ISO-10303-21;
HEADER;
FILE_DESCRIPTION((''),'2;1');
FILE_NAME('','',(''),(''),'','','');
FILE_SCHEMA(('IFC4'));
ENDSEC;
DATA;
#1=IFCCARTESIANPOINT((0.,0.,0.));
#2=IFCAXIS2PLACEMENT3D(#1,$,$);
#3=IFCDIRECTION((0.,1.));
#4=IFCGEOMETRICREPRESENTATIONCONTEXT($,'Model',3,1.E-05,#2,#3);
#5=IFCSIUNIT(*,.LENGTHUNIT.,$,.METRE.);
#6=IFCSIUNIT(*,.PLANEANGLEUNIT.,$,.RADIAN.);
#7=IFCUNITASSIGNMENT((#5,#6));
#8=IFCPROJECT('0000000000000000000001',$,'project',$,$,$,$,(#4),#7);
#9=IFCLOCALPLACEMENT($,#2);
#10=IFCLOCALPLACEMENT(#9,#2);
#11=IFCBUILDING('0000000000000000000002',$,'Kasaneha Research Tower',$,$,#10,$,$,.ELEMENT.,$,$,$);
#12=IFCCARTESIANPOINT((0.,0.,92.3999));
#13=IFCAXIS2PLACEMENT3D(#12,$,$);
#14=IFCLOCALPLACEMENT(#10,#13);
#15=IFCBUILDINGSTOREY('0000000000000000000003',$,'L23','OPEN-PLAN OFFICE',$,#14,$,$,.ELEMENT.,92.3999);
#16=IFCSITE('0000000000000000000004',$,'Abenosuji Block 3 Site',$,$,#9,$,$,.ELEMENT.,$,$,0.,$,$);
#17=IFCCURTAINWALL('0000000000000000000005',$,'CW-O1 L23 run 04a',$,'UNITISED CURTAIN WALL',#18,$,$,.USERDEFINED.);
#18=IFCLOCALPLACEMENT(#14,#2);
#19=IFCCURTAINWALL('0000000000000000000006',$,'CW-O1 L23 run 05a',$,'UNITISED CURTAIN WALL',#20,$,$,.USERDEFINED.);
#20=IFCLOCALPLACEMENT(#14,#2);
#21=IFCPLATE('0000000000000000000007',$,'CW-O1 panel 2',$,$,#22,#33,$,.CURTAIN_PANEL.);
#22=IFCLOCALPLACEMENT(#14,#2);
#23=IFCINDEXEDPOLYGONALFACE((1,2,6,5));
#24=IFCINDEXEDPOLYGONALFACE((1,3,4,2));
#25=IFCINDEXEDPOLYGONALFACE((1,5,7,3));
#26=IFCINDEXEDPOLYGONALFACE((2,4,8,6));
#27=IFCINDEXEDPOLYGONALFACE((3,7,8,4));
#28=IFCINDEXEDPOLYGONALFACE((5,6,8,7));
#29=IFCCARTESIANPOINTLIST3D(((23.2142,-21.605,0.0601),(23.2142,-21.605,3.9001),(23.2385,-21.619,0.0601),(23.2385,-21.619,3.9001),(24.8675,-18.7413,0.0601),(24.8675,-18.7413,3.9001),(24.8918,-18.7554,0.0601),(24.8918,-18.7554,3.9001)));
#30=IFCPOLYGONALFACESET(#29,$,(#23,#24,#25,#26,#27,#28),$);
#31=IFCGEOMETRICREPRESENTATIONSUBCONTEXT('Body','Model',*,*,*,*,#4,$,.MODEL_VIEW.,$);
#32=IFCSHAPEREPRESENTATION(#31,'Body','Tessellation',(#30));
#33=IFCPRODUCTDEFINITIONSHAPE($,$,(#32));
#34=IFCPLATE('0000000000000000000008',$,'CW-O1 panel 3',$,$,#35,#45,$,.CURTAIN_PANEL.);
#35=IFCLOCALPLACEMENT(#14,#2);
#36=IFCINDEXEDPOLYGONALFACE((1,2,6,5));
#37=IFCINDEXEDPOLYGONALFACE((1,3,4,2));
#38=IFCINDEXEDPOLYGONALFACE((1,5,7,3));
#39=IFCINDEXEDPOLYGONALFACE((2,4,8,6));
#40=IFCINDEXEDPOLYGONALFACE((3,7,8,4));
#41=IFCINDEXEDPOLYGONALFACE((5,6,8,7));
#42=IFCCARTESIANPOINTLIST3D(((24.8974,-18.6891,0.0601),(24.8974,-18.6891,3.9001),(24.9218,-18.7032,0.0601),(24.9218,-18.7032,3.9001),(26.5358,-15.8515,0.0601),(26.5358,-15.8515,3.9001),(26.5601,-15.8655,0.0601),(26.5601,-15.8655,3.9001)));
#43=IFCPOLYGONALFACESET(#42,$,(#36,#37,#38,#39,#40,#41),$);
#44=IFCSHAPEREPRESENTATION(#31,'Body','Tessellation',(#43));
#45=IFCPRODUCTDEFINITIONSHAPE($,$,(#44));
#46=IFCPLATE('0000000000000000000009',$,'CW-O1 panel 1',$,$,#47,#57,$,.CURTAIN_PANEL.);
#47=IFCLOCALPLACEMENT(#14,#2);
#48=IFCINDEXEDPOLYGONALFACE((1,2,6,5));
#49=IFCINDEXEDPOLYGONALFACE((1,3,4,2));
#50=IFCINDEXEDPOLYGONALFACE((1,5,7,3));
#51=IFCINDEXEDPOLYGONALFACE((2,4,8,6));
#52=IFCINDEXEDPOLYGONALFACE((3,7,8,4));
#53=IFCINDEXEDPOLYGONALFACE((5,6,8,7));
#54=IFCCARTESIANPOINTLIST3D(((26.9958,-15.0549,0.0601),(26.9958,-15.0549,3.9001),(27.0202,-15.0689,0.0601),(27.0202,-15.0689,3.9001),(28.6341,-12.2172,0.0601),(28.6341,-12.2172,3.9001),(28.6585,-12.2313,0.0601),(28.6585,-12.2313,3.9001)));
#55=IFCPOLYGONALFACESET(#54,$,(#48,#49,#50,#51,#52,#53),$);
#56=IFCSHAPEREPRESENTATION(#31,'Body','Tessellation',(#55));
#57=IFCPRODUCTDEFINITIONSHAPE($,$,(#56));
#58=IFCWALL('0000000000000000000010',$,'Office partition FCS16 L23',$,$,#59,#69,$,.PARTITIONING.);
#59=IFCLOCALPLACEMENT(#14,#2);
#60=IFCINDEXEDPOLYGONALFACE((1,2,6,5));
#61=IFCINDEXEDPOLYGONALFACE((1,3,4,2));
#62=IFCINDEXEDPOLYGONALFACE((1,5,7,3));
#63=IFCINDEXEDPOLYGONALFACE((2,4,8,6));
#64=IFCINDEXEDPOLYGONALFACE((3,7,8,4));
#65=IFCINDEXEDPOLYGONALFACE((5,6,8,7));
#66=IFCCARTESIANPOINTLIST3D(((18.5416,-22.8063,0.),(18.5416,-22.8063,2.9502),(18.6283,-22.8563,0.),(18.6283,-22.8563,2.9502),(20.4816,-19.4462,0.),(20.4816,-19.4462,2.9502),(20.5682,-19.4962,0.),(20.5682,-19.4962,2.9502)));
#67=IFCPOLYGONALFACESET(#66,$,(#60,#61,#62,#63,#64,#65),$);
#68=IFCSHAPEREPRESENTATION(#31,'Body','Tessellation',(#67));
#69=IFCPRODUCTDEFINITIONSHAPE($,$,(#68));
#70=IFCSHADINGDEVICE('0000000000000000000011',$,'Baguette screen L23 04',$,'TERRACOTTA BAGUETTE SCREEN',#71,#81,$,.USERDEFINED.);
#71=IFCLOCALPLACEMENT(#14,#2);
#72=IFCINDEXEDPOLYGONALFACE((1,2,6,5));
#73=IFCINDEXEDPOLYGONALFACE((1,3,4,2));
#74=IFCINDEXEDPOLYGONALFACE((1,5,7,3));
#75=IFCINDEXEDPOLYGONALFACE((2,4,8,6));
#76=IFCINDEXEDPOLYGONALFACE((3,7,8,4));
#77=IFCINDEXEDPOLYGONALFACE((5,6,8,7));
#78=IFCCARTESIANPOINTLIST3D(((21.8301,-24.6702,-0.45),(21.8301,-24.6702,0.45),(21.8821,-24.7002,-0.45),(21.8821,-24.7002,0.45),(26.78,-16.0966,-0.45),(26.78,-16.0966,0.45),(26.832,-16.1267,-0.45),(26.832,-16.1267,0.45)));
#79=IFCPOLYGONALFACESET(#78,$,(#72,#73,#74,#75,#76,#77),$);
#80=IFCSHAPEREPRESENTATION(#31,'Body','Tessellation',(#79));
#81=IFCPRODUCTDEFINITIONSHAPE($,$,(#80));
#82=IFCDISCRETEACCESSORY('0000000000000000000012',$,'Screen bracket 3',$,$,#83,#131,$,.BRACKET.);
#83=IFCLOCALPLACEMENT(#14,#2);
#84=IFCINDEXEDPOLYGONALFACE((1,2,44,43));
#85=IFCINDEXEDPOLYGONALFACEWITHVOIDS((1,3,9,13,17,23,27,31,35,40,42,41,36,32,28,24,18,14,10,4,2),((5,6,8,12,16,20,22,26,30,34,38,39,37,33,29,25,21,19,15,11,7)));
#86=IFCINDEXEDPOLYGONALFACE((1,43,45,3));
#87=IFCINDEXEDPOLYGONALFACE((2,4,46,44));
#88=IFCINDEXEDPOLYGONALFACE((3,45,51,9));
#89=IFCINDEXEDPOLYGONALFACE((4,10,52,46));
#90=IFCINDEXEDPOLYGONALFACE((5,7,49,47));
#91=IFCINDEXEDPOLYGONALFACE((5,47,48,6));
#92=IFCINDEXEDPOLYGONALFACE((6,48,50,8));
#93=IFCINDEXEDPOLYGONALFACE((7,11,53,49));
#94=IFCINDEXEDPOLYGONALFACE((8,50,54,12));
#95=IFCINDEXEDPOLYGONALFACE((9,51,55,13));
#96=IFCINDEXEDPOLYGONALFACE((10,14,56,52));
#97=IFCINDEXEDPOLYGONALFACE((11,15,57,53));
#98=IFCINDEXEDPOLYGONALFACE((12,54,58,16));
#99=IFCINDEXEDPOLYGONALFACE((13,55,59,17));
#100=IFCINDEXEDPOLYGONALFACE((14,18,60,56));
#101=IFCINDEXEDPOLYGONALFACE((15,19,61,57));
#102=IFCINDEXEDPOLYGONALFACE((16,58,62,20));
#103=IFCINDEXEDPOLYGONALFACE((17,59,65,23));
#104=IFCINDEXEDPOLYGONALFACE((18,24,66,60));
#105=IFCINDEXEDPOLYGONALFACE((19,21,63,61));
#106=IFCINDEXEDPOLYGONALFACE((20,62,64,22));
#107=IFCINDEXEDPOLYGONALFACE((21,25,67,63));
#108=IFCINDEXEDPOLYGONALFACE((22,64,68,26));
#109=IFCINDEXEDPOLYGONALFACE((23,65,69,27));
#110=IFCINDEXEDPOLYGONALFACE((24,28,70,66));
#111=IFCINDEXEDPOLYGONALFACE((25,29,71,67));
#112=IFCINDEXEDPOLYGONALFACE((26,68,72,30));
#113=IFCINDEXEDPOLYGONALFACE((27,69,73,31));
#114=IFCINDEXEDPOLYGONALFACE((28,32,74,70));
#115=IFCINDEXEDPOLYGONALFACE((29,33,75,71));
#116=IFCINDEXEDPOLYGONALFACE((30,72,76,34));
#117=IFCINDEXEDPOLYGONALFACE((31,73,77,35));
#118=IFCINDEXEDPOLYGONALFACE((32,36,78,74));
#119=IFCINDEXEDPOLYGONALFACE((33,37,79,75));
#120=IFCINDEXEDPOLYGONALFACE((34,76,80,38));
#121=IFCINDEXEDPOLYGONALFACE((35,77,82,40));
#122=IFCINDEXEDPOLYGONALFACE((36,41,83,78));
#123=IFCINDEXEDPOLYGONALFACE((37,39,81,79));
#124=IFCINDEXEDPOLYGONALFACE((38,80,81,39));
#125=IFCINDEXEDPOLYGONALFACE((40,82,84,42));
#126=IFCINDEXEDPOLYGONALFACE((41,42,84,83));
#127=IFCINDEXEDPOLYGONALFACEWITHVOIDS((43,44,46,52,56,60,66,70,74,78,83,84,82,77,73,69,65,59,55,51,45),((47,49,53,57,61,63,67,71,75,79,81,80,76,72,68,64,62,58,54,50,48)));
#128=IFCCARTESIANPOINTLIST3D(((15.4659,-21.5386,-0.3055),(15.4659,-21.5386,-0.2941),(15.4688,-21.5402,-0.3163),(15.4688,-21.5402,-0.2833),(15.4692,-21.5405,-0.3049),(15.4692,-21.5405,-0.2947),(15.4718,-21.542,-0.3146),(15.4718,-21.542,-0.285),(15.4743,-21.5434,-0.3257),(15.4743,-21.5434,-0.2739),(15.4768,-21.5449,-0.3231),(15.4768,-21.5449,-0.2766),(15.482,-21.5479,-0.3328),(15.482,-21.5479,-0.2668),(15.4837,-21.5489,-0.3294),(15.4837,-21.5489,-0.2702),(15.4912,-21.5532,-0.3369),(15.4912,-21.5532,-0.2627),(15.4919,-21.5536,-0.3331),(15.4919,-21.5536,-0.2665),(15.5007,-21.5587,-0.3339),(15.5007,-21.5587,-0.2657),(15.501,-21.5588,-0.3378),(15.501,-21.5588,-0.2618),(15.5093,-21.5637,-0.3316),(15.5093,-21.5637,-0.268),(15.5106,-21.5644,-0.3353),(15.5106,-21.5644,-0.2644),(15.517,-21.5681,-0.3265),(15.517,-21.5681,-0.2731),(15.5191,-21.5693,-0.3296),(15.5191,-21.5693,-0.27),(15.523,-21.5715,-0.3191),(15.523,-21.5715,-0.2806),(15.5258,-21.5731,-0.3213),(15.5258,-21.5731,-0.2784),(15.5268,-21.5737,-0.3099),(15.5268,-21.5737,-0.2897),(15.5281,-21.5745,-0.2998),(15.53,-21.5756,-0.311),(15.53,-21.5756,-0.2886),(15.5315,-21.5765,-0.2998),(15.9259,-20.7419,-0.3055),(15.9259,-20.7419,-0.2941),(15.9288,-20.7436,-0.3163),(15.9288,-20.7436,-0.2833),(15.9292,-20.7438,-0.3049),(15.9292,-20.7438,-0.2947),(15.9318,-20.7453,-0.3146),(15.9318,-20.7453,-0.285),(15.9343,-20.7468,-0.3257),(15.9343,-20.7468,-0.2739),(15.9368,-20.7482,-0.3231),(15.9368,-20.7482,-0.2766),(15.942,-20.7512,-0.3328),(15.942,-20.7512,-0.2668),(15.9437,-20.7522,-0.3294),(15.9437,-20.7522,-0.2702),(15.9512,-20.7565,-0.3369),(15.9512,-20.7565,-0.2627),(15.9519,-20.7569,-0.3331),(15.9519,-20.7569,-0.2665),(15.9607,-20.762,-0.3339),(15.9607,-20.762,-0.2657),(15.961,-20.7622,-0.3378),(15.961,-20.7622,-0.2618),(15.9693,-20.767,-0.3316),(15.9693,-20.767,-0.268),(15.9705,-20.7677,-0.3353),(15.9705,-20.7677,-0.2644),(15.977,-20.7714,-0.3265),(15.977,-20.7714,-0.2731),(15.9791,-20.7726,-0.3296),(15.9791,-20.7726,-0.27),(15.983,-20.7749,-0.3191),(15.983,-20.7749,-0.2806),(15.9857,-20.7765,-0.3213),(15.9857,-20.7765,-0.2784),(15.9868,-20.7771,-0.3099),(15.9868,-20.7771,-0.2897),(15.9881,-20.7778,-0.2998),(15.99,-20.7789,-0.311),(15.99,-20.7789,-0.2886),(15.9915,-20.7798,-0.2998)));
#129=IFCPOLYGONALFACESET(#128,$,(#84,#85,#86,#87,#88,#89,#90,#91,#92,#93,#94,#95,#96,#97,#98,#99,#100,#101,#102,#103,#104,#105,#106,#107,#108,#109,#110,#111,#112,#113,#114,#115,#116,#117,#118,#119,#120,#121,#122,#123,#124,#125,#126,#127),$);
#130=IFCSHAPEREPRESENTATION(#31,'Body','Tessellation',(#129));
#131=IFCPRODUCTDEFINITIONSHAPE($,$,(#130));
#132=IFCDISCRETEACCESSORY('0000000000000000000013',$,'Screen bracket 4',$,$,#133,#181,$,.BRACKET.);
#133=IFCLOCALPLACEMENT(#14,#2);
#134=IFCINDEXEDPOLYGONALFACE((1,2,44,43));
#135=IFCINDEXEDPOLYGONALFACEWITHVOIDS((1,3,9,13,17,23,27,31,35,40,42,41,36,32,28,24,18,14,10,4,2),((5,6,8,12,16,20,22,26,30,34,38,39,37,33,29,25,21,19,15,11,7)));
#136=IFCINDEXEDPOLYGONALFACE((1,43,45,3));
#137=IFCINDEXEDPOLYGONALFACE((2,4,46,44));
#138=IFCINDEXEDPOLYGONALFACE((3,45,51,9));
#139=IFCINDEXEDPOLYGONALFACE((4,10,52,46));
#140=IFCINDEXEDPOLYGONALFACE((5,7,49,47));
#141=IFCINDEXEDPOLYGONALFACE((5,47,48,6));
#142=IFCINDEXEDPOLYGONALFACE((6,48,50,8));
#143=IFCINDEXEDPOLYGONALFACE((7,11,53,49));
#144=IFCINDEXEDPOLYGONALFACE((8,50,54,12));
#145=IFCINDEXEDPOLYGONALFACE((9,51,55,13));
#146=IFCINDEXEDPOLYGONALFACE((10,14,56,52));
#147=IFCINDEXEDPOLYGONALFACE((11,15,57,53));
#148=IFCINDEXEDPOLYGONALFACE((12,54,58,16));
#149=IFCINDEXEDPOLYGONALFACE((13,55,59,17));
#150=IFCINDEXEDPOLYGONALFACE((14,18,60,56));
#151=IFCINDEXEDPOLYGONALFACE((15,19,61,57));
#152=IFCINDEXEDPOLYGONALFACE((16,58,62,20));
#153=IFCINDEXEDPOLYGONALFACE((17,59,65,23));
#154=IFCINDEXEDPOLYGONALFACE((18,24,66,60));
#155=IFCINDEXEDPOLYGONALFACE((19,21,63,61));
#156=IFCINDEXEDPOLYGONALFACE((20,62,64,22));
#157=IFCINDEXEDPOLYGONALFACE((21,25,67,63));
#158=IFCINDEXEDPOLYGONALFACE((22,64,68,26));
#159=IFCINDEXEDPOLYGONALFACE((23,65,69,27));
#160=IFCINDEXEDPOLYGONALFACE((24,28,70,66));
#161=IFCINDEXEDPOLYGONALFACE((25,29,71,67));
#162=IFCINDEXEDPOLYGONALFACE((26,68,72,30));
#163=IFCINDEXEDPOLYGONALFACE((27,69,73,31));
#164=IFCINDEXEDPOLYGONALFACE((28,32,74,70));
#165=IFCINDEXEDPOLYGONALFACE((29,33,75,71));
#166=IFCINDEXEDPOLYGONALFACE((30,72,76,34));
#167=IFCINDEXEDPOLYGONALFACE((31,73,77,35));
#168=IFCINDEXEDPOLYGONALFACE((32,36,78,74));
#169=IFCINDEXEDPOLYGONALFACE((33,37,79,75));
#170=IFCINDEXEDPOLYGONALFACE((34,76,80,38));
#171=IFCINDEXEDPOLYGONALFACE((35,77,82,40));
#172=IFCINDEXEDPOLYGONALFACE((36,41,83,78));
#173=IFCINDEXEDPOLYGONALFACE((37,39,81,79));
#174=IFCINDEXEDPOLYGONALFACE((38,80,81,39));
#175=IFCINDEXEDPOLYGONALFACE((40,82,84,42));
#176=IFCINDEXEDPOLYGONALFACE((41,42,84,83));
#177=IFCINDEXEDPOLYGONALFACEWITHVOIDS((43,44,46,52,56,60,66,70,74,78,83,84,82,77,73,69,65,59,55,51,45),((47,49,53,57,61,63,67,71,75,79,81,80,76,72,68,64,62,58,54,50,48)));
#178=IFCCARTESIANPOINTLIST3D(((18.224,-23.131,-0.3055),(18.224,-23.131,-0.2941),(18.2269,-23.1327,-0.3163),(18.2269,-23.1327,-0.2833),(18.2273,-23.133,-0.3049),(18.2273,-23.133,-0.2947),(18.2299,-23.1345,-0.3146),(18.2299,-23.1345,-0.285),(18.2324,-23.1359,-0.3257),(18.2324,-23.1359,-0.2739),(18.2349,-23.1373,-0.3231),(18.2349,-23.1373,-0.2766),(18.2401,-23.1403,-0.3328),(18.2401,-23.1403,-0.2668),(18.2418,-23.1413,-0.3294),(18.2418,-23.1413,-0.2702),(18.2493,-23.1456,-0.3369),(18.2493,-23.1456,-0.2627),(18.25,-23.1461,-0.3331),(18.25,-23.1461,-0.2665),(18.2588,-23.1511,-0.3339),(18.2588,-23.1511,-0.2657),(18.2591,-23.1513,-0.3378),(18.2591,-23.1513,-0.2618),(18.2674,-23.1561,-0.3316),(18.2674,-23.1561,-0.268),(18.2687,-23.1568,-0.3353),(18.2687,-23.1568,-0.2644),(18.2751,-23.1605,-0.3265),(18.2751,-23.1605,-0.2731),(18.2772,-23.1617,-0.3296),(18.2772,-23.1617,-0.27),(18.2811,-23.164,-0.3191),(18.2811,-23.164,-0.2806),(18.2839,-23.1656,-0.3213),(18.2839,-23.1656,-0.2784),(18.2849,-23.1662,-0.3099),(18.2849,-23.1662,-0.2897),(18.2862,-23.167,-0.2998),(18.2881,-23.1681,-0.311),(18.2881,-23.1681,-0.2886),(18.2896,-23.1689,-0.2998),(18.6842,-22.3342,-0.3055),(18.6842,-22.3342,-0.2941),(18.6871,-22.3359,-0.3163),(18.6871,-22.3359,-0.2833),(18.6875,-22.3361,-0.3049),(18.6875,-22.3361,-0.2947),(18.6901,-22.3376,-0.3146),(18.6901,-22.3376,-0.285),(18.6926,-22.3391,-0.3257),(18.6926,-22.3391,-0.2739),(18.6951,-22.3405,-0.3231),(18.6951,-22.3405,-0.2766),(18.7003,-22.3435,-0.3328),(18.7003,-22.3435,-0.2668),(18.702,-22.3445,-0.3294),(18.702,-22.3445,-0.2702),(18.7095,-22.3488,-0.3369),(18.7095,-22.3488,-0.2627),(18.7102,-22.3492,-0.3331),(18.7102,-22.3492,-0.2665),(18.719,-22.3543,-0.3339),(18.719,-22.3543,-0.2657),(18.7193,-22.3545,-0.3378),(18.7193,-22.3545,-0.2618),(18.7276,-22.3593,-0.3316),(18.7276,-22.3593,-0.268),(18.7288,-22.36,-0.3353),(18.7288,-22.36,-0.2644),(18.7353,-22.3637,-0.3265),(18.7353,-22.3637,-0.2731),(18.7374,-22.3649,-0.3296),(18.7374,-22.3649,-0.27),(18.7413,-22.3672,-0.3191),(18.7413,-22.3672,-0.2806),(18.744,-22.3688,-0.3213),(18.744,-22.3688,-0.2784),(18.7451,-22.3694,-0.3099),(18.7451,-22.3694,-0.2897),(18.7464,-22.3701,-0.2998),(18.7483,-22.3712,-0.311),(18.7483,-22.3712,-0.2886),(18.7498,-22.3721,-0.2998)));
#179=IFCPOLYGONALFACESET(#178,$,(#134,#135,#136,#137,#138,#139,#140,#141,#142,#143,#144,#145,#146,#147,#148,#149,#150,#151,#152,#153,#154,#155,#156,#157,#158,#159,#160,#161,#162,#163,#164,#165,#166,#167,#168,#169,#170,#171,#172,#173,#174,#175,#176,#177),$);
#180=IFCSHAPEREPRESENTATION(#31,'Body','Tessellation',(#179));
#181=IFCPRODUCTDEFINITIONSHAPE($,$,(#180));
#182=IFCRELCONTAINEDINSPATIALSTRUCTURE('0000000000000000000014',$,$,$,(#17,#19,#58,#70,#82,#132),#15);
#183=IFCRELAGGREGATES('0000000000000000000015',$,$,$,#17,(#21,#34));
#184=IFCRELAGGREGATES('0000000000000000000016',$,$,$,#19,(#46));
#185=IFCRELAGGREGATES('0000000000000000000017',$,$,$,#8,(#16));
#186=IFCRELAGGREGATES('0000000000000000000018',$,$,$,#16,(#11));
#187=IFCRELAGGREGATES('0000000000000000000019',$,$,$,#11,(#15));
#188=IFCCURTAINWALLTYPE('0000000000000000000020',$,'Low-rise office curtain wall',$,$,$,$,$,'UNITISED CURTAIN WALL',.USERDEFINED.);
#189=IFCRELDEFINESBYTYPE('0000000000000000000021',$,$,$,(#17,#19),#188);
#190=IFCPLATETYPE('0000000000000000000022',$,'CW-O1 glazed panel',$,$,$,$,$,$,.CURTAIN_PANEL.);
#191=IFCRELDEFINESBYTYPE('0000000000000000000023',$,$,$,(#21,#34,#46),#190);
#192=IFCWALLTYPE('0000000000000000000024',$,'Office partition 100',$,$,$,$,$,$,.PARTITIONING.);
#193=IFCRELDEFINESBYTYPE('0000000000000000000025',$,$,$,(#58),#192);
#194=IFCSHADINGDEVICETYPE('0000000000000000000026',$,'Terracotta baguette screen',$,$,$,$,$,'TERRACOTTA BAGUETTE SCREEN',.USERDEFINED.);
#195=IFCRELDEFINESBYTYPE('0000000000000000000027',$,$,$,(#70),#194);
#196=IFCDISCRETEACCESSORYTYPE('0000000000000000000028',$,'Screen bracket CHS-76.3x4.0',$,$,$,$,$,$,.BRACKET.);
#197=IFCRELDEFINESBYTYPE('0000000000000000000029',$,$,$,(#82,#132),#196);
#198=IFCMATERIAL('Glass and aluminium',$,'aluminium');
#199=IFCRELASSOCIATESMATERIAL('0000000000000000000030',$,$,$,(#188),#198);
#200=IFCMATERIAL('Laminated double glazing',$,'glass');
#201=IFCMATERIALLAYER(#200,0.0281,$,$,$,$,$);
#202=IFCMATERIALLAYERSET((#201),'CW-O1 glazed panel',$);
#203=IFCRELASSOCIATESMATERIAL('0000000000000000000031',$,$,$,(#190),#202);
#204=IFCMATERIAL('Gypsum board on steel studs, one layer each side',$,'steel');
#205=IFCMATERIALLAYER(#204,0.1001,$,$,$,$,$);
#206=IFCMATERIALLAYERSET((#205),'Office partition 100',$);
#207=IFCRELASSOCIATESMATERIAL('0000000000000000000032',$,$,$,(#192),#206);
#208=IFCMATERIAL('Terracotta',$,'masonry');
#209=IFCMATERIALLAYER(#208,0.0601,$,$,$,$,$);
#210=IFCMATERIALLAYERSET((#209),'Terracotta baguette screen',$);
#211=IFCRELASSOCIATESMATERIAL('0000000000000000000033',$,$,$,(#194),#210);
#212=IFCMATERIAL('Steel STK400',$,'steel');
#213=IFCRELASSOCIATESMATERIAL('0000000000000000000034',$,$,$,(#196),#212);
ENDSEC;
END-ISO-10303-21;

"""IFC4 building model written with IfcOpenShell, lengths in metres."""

from ifc_helpers import new_model, si_unit, direction, frame, frame_2d, origin, origin_2d, place, context, subcontext, project, spatial, rectangle, hollow_circle, extrude, material, layer, layer_set, material_profile, profile_set, type_object, element, aggregate, save


model = new_model("IFC4")

# Units and contexts
model_context = context("Model", 3, precision=1e-05, world=origin(), true_north=direction((0.0, 1.0)))
body_context = subcontext(model_context, "Body", "Model", "MODEL_VIEW")
ifc_project = project(units=[si_unit("LENGTHUNIT", "METRE"), si_unit("PLANEANGLEUNIT", "RADIAN")], contexts=[model_context])

# Site, building, storey
site_placement = place(None, origin())
site = spatial("IfcSite", under=ifc_project, at=site_placement, Name="Abenosuji Block 3 Site", CompositionType="ELEMENT", RefElevation=0.0)
building_placement = place(site_placement, origin())
building = spatial("IfcBuilding", under=site, at=building_placement, Name="Kasaneha Research Tower", CompositionType="ELEMENT")
storey_placement = place(building_placement, frame((0.0, 0.0, 92.3999)))
storey = spatial("IfcBuildingStorey", under=building, at=storey_placement, Name="L23", Description="OPEN-PLAN OFFICE", CompositionType="ELEMENT", Elevation=92.3999)

# Curtain walls
ifc_material_1 = material(Name="Glass and aluminium", Category="aluminium")
curtain_wall_type = type_object("IfcCurtainWallType", Name="Low-rise office curtain wall", ElementType="UNITISED CURTAIN WALL", PredefinedType="USERDEFINED", material=ifc_material_1)
curtain_wall_1_placement = place(storey_placement, origin())
curtain_wall_1 = element("IfcCurtainWall", 1, at=curtain_wall_1_placement, inside=storey, type_object=curtain_wall_type, Name="CW-O1 L23 run 04a", ObjectType="UNITISED CURTAIN WALL", PredefinedType="USERDEFINED")
curtain_wall_2_placement = place(storey_placement, origin())
curtain_wall_2 = element("IfcCurtainWall", 2, at=curtain_wall_2_placement, inside=storey, type_object=curtain_wall_type, Name="CW-O1 L23 run 05a", ObjectType="UNITISED CURTAIN WALL", PredefinedType="USERDEFINED")

# Plates
ifc_material_2 = material(Name="Laminated double glazing", Category="glass")
ifc_layer_1 = layer(ifc_material_2, 0.0281)
ifc_layer_set_1 = layer_set([ifc_layer_1], Name="CW-O1 glazed panel")
plate_type = type_object("IfcPlateType", Name="CW-O1 glazed panel", PredefinedType="CURTAIN_PANEL", material=ifc_layer_set_1)
plate_1_placement = place(storey_placement, frame((24.053, -20.1802, 0.0601), z_axis=(0.0, 0.0, 1.0), x_axis=(0.5, 0.866025, 0.0)))
plate_1 = element("IfcPlate", 3, at=plate_1_placement, type_object=plate_type, Name="CW-O1 panel 2", PredefinedType="CURTAIN_PANEL", context=body_context, shape_type="SweptSolid", body=[
    extrude(rectangle(XDim=3.3066, YDim=0.0281, at=origin_2d()), origin(), (0.0, 0.0, 1.0), 3.8401),
])
plate_2_placement = place(storey_placement, frame((25.7288, -17.2773, 0.0601), z_axis=(0.0, 0.0, 1.0), x_axis=(0.5, 0.866025, 0.0)))
plate_2 = element("IfcPlate", 4, at=plate_2_placement, type_object=plate_type, Name="CW-O1 panel 3", PredefinedType="CURTAIN_PANEL", context=body_context, shape_type="SweptSolid", body=[
    extrude(rectangle(XDim=3.2766, YDim=0.0281, at=origin_2d()), origin(), (0.0, 0.0, 1.0), 3.8401),
])
aggregate(curtain_wall_1, [plate_1, plate_2])
plate_3_placement = place(storey_placement, frame((27.8271, -13.6431, 0.0601), z_axis=(0.0, 0.0, 1.0), x_axis=(0.5, 0.866025, 0.0)))
plate_3 = element("IfcPlate", 5, at=plate_3_placement, type_object=plate_type, Name="CW-O1 panel 1", PredefinedType="CURTAIN_PANEL", context=body_context, shape_type="SweptSolid", body=[
    extrude(rectangle(XDim=3.2766, YDim=0.0281, at=origin_2d()), origin(), (0.0, 0.0, 1.0), 3.8401),
])
aggregate(curtain_wall_2, [plate_3])

# Wall
ifc_material_3 = material(Name="Gypsum board on steel studs, one layer each side", Category="steel")
ifc_layer_2 = layer(ifc_material_3, 0.1001)
ifc_layer_set_2 = layer_set([ifc_layer_2], Name="Office partition 100")
wall_type = type_object("IfcWallType", Name="Office partition 100", PredefinedType="PARTITIONING", material=ifc_layer_set_2)
wall_placement = place(storey_placement, frame((20.5249, -19.4712, 0.0), z_axis=(0.0, 0.0, 1.0), x_axis=(-0.499997, -0.866027, 0.0)))
element("IfcWall", 6, at=wall_placement, inside=storey, type_object=wall_type, Name="Office partition FCS16 L23", PredefinedType="PARTITIONING", context=body_context, shape_type="SweptSolid", body=[
    extrude(rectangle(XDim=3.8799, YDim=0.1001, at=frame_2d((1.9399, 0.0))), origin(), (0.0, 0.0, 1.0), 2.9502),
])

# Shading device
ifc_material_4 = material(Name="Terracotta", Category="masonry")
ifc_layer_3 = layer(ifc_material_4, 0.0601)
ifc_layer_set_3 = layer_set([ifc_layer_3], Name="Terracotta baguette screen")
shading_device_type = type_object("IfcShadingDeviceType", Name="Terracotta baguette screen", ElementType="TERRACOTTA BAGUETTE SCREEN", PredefinedType="USERDEFINED", material=ifc_layer_set_3)
shading_device_placement = place(storey_placement, frame((24.3311, -20.3984, -0.45), z_axis=(0.0, 0.0, 1.0), x_axis=(0.5, 0.866025, 0.0)))
element("IfcShadingDevice", 7, at=shading_device_placement, inside=storey, type_object=shading_device_type, Name="Baguette screen L23 04", ObjectType="TERRACOTTA BAGUETTE SCREEN", PredefinedType="USERDEFINED", context=body_context, shape_type="SweptSolid", body=[
    extrude(rectangle(XDim=9.8999, YDim=0.0601, at=origin_2d()), origin(), (0.0, 0.0, 1.0), 0.8999),
])

# Discrete accessories
ifc_material_5 = material(Name="Steel STK400", Category="steel")
ifc_material_profile_1 = material_profile(ifc_material_5, hollow_circle(Radius=0.0381, WallThickness=0.0039, at=origin_2d()), Name="CHS-76.3x4.0")
ifc_profile_set_1 = profile_set([ifc_material_profile_1], Name="Steel STK400")
discrete_accessory_type = type_object("IfcDiscreteAccessoryType", Name="Screen bracket CHS-76.3x4.0", PredefinedType="BRACKET", material=ifc_profile_set_1)
discrete_accessory_1_placement = place(storey_placement, frame((15.9585, -20.7607, -0.2998), z_axis=(-0.500021, -0.866013, 0.0), x_axis=(0.866013, -0.500021, 0.0)))
element("IfcDiscreteAccessory", 8, at=discrete_accessory_1_placement, inside=storey, type_object=discrete_accessory_type, Name="Screen bracket 3", PredefinedType="BRACKET", context=body_context, shape_type="SweptSolid", body=[
    extrude(hollow_circle(Radius=0.0381, WallThickness=0.0039, at=origin_2d()), origin(), (0.0, 0.0, 1.0), 0.9199),
])
discrete_accessory_2_placement = place(storey_placement, frame((18.7168, -22.353, -0.2998), z_axis=(-0.500105, -0.865965, 0.0), x_axis=(0.865965, -0.500105, 0.0)))
element("IfcDiscreteAccessory", 9, at=discrete_accessory_2_placement, inside=storey, type_object=discrete_accessory_type, Name="Screen bracket 4", PredefinedType="BRACKET", context=body_context, shape_type="SweptSolid", body=[
    extrude(hollow_circle(Radius=0.0381, WallThickness=0.0039, at=origin_2d()), origin(), (0.0, 0.0, 1.0), 0.9202),
])

save(model, "model.ifc")
